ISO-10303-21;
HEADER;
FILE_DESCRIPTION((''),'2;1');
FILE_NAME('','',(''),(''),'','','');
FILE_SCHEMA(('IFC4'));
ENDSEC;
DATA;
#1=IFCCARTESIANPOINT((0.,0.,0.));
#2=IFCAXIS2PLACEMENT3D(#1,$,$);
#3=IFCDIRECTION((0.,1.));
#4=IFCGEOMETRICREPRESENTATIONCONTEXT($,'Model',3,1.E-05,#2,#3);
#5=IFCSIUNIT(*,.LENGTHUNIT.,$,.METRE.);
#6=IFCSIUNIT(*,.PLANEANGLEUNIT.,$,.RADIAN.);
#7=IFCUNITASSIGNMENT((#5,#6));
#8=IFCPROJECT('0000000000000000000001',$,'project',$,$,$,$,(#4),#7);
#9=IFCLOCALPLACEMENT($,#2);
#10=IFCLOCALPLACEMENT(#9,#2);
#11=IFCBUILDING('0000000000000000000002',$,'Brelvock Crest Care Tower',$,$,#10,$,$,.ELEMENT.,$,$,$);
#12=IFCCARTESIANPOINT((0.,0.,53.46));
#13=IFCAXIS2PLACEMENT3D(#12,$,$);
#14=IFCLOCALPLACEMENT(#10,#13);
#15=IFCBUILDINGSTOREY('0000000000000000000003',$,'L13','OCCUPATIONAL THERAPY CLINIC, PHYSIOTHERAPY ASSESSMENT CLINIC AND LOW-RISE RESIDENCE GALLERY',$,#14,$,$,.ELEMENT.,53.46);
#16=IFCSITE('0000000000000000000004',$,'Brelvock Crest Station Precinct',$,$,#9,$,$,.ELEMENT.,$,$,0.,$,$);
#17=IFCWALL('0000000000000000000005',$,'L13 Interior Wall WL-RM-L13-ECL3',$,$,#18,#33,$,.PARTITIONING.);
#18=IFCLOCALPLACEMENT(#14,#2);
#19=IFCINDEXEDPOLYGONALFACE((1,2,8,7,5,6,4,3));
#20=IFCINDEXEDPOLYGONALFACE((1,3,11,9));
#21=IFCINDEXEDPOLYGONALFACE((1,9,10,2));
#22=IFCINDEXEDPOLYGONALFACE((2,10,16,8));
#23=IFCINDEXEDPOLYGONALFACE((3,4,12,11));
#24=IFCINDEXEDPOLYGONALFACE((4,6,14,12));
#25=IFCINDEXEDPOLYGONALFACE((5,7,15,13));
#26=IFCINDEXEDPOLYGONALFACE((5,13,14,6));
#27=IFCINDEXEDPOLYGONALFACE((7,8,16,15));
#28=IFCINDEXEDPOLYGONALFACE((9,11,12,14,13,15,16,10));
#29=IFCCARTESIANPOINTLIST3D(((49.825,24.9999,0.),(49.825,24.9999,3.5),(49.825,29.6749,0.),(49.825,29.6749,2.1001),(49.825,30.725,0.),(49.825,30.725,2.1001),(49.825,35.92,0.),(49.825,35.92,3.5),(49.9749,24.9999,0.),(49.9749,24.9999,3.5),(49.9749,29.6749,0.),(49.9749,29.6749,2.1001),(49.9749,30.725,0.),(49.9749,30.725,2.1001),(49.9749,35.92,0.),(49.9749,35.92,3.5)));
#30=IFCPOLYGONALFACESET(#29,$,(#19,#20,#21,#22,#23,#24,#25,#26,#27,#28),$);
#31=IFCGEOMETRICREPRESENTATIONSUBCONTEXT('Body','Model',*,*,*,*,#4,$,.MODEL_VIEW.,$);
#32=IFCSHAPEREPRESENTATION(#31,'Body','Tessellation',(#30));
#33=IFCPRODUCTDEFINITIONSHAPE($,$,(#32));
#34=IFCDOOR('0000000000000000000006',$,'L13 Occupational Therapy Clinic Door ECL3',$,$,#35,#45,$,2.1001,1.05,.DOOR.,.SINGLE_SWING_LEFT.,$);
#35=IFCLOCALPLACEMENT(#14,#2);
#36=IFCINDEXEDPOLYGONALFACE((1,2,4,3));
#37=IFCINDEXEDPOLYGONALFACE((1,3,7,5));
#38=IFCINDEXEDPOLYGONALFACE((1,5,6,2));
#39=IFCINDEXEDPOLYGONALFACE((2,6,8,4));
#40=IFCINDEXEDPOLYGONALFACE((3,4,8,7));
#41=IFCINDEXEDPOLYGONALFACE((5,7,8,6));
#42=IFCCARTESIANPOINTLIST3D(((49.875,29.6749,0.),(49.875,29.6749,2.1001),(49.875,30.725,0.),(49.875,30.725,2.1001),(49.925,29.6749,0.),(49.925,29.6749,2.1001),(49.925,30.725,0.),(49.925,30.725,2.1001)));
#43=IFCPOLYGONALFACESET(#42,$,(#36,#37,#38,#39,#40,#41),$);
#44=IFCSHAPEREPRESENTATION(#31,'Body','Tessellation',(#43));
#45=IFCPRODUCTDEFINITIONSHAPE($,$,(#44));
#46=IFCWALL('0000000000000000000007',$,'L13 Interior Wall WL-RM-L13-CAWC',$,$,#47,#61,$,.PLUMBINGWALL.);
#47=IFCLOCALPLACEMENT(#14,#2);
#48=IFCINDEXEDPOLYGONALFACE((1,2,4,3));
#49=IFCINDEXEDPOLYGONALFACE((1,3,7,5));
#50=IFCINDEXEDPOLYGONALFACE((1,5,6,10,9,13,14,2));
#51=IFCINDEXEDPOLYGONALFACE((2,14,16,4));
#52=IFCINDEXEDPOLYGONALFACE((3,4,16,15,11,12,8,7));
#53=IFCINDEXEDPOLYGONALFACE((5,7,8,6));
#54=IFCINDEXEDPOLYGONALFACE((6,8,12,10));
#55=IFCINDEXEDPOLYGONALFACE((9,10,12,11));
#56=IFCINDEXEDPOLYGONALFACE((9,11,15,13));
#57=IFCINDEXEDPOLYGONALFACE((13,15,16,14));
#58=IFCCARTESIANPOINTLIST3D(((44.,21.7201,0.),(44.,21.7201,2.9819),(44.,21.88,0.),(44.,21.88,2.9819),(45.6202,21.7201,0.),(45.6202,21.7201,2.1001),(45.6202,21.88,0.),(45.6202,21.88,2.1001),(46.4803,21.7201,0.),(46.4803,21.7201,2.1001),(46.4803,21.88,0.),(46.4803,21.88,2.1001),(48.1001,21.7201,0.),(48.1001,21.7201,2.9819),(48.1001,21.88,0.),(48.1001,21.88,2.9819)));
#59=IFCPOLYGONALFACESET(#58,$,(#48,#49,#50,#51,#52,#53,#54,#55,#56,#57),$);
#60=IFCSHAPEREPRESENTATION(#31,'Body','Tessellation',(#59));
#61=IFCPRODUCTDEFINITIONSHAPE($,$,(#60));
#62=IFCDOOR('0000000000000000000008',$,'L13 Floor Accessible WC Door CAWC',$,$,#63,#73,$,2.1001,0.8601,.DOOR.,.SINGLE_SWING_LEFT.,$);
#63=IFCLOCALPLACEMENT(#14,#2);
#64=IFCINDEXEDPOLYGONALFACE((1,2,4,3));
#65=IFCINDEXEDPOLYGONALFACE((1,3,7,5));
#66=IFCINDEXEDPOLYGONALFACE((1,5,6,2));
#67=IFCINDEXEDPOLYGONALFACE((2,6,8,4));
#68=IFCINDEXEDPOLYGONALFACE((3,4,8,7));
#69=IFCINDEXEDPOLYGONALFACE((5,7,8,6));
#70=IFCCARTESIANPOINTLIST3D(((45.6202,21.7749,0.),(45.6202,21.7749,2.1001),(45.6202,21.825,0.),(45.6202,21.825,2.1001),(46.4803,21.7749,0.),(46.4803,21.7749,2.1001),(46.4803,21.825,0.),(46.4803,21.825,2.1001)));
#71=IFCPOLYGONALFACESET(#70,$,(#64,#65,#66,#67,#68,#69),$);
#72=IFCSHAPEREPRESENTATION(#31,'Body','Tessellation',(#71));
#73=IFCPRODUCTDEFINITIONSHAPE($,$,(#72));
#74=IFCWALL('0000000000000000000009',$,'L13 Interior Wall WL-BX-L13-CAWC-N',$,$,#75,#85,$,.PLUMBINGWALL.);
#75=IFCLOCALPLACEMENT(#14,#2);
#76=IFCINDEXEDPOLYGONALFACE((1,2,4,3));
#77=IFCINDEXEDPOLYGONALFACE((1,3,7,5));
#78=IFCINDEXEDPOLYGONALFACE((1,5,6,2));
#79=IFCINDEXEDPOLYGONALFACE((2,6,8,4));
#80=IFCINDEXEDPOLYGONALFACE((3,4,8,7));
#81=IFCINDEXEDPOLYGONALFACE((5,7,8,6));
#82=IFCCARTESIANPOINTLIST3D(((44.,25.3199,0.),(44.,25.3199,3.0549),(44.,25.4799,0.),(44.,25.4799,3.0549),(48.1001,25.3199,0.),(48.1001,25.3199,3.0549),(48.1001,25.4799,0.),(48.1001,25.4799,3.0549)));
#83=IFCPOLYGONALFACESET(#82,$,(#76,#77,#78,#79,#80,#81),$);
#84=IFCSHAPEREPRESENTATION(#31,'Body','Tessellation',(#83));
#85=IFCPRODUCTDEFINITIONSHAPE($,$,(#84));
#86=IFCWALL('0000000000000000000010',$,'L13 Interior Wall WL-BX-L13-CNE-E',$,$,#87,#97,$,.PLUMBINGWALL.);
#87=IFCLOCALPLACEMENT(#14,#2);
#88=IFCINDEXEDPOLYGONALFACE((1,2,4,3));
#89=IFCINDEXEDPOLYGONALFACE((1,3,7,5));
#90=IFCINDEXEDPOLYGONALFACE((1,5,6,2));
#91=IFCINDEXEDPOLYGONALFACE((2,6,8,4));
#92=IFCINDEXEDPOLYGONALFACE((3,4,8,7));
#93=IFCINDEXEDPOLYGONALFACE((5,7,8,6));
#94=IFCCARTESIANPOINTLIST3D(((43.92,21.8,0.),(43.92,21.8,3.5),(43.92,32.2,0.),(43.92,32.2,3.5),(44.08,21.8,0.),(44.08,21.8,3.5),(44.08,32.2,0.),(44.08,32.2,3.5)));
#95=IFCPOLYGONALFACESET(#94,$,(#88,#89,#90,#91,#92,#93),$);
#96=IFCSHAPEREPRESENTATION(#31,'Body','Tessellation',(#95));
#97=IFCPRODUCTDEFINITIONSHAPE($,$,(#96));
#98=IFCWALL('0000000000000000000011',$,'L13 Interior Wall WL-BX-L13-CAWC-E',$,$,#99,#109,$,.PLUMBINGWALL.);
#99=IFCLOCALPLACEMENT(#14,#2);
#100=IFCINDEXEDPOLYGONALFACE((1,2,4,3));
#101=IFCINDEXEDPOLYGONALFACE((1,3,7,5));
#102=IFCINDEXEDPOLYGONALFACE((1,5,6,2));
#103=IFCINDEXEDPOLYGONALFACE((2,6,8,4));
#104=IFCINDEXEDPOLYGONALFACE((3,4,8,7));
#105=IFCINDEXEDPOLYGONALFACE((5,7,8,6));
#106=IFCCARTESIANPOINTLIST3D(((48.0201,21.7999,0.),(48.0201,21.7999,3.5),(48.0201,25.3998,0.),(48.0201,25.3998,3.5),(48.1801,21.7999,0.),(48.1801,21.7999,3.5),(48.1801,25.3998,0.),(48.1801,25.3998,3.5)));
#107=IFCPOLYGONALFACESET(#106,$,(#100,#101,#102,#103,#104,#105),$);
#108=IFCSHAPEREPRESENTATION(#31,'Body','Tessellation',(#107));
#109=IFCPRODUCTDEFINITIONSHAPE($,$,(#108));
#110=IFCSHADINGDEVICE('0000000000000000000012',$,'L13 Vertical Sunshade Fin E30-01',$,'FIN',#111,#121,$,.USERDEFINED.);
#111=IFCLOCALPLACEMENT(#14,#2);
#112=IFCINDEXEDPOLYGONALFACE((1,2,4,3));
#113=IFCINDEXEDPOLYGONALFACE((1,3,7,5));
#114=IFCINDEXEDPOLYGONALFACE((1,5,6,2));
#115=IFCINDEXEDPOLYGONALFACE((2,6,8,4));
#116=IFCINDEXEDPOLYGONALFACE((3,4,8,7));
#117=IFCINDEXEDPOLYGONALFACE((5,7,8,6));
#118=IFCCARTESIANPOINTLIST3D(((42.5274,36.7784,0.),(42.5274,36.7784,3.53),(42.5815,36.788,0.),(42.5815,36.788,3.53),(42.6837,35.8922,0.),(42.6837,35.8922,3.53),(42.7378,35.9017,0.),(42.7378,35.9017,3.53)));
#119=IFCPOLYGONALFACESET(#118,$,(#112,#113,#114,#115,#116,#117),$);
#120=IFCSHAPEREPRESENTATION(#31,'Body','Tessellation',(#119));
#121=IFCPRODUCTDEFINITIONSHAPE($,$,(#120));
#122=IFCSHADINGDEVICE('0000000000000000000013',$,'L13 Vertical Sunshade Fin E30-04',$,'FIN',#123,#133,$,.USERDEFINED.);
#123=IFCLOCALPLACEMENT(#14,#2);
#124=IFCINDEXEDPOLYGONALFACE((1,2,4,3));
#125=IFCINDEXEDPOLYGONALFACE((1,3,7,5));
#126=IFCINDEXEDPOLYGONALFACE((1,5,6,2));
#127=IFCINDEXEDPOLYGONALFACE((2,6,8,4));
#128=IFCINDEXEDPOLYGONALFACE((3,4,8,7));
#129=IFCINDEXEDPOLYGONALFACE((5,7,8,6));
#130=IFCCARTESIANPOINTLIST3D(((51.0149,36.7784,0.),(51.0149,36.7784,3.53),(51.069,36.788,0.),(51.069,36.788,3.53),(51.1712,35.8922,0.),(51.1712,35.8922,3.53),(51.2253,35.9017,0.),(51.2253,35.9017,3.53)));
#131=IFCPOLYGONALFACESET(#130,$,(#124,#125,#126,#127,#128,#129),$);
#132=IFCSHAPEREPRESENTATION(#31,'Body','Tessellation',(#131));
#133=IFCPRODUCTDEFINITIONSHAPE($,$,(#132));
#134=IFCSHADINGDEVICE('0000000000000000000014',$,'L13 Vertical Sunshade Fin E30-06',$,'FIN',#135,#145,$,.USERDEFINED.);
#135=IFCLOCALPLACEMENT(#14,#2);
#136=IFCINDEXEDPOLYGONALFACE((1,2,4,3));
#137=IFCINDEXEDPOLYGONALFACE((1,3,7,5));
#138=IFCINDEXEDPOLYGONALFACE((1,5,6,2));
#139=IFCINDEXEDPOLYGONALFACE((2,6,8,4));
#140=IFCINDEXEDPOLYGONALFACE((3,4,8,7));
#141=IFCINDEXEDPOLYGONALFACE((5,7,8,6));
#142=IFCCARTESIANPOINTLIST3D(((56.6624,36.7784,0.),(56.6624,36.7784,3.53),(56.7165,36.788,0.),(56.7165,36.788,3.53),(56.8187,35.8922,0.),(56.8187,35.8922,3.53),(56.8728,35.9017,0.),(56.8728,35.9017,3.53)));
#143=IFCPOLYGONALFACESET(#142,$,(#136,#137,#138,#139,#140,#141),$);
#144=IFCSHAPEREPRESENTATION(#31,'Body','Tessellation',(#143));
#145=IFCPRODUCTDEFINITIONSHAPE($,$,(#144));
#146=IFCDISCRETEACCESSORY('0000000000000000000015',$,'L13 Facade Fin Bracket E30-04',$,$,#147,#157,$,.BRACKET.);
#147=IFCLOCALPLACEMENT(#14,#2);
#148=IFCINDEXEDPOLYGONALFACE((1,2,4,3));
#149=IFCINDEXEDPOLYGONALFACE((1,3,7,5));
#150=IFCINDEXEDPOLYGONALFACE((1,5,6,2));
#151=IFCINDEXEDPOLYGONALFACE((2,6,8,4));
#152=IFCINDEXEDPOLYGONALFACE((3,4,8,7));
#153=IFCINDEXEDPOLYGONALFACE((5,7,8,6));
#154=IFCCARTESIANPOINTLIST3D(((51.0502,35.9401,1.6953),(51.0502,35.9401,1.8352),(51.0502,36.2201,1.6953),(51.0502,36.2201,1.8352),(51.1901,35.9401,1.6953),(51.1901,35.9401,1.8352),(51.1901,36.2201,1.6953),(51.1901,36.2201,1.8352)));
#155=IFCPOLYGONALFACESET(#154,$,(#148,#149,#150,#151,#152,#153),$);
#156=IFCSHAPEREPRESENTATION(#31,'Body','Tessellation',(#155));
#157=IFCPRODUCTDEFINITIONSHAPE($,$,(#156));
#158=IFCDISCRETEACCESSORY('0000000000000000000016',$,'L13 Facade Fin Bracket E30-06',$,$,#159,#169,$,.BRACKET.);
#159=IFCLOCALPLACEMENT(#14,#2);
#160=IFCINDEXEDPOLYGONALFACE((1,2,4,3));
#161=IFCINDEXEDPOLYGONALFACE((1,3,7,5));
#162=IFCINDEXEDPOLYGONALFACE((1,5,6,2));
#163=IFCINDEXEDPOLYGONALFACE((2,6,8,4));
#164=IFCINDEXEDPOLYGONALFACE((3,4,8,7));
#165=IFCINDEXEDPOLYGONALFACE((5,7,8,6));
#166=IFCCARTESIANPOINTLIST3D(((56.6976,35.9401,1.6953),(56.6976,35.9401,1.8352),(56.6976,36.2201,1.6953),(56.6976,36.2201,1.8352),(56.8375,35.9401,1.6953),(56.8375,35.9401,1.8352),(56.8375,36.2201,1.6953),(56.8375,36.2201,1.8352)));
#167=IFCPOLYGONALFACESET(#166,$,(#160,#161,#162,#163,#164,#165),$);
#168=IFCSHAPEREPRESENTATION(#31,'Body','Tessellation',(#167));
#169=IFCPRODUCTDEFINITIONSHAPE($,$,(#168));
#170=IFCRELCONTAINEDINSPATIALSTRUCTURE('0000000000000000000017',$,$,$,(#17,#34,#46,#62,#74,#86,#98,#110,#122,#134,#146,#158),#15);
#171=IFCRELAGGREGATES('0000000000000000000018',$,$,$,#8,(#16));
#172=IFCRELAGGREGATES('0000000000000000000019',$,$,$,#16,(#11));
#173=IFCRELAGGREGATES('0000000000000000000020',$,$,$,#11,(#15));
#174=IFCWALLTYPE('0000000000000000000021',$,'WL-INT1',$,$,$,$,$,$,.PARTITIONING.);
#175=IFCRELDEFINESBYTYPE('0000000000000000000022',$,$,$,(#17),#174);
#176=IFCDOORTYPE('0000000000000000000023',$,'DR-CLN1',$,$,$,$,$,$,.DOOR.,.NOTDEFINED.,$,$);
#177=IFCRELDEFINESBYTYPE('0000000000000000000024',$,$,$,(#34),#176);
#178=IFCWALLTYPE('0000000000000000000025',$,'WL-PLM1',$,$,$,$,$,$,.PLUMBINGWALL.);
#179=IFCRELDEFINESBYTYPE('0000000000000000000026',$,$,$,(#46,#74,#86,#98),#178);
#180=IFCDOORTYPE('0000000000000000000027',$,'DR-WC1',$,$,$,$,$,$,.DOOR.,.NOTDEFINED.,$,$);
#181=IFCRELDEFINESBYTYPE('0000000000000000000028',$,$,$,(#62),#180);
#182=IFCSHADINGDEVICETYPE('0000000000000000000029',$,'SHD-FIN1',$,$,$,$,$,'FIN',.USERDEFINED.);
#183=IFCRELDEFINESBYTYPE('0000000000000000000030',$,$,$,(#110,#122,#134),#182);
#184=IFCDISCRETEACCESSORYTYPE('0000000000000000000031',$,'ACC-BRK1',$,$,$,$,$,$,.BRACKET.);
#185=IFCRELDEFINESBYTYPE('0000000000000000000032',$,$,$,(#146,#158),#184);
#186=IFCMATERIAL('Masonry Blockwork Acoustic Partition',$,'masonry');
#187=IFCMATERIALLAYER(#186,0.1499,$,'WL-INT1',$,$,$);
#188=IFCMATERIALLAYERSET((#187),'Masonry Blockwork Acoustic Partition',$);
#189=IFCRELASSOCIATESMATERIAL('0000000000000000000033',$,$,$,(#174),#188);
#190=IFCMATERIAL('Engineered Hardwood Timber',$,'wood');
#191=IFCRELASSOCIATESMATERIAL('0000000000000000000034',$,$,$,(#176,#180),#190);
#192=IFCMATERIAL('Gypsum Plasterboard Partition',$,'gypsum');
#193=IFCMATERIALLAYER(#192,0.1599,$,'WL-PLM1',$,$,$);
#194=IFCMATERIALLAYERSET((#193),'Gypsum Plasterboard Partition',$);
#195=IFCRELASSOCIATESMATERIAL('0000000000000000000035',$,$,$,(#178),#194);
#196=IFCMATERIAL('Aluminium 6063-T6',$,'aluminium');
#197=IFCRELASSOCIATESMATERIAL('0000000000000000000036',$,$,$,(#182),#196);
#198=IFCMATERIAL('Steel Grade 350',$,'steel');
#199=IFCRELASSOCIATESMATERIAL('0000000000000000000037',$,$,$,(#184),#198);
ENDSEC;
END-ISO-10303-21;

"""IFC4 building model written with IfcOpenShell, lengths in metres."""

from ifc_helpers import new_model, si_unit, direction, frame, frame_2d, origin, origin_2d, place, context, subcontext, project, spatial, rectangle, extrude, source, transform, mapped, material, layer, layer_set, material_profile, profile_set, type_object, element, fill, save


model = new_model("IFC4")

# Units and contexts
model_context = context("Model", 3, precision=1e-05, world=origin(), true_north=direction((0.0, 1.0)))
body_context = subcontext(model_context, "Body", "Model", "MODEL_VIEW")
ifc_project = project(units=[si_unit("LENGTHUNIT", "METRE"), si_unit("PLANEANGLEUNIT", "RADIAN")], contexts=[model_context])

# Site, building, storey
site_placement = place(None, origin())
site = spatial("IfcSite", under=ifc_project, at=site_placement, Name="Brelvock Crest Station Precinct", CompositionType="ELEMENT", RefElevation=0.0)
building_placement = place(site_placement, origin())
building = spatial("IfcBuilding", under=site, at=building_placement, Name="Brelvock Crest Care Tower", CompositionType="ELEMENT")
storey_placement = place(building_placement, frame((0.0, 0.0, 53.46)))
storey = spatial("IfcBuildingStorey", under=building, at=storey_placement, Name="L13", Description="OCCUPATIONAL THERAPY CLINIC, PHYSIOTHERAPY ASSESSMENT CLINIC AND LOW-RISE RESIDENCE GALLERY", CompositionType="ELEMENT", Elevation=53.46)

# Shared definitions
ifc_material_1 = material(Name="Aluminium 6063-T6", Category="aluminium")

# Shared definitions
ifc_material_2 = material(Name="Masonry Blockwork Acoustic Partition", Category="masonry")
ifc_layer_1 = layer(ifc_material_2, 0.1499, Name="WL-INT1")
ifc_layer_set_1 = layer_set([ifc_layer_1], Name="Masonry Blockwork Acoustic Partition")
wall_type_1 = type_object("IfcWallType", Name="WL-INT1", PredefinedType="PARTITIONING", material=ifc_layer_set_1)

# Walls, openings, doors
ifc_material_3 = material(Name="Engineered Hardwood Timber", Category="wood")
wall_1_placement = place(storey_placement, frame((49.8999, 25.0, 0.0), z_axis=(0.0, 0.0, 1.0), x_axis=(0.0, 1.0, 0.0)))
wall_1 = element("IfcWall", 1, at=wall_1_placement, inside=storey, type_object=wall_type_1, Name="L13 Interior Wall WL-RM-L13-ECL3", PredefinedType="PARTITIONING", context=body_context, shape_type="SweptSolid", body=[
    extrude(rectangle(XDim=10.9202, YDim=0.1499, at=frame_2d((5.46, 0.0))), origin(), (0.0, 0.0, 1.0), 3.5),
])
opening_1_placement = place(wall_1_placement, frame((4.675, 0.0, 0.0)))
opening_1 = element("IfcOpeningElement", 2, at=opening_1_placement, cuts=wall_1, PredefinedType="OPENING", context=body_context, shape_type="SweptSolid", body=[
    extrude(rectangle(XDim=1.05, YDim=2.1001, at=origin_2d()), frame((0.5249, 0.085, 1.05), z_axis=(0.0, -1.0, 0.0), x_axis=(1.0, 0.0, 0.0)), (0.0, 0.0, 1.0), 0.1699),
])
door_type_1 = type_object("IfcDoorType", Name="DR-CLN1", OperationType="NOTDEFINED", PredefinedType="DOOR", material=ifc_material_3)
shared_shape_1 = source(origin(), body_context, "Body", "SweptSolid", [
    extrude(rectangle(XDim=1.05, YDim=2.1001, at=origin_2d()), frame((0.5249, 0.0249, 1.05), z_axis=(0.0, -1.0, 0.0), x_axis=(1.0, 0.0, 0.0)), (0.0, 0.0, 1.0), 0.05),
])
door_1_placement = place(opening_1_placement, origin())
door_1 = element("IfcDoor", 3, at=door_1_placement, inside=storey, type_object=door_type_1, Name="L13 Occupational Therapy Clinic Door ECL3", OperationType="SINGLE_SWING_LEFT", OverallHeight=2.1001, OverallWidth=1.05, PredefinedType="DOOR", context=body_context, shape_type="MappedRepresentation", body=[
    mapped(shared_shape_1, transform((0.0, 0.0, 0.0), x_axis=(1.0, 0.0, 0.0), y_axis=(0.0, 1.0, 0.0), z_axis=(0.0, 0.0, 1.0), scale=1.0)),
])
fill(opening_1, door_1)
ifc_material_4 = material(Name="Gypsum Plasterboard Partition", Category="gypsum")
ifc_layer_2 = layer(ifc_material_4, 0.1599, Name="WL-PLM1")
ifc_layer_set_2 = layer_set([ifc_layer_2], Name="Gypsum Plasterboard Partition")
wall_type_2 = type_object("IfcWallType", Name="WL-PLM1", PredefinedType="PLUMBINGWALL", material=ifc_layer_set_2)
wall_2_placement = place(storey_placement, frame((44.0, 21.8, 0.0), z_axis=(0.0, 0.0, 1.0), x_axis=(1.0, 0.0, 0.0)))
wall_2 = element("IfcWall", 4, at=wall_2_placement, inside=storey, type_object=wall_type_2, Name="L13 Interior Wall WL-RM-L13-CAWC", PredefinedType="PLUMBINGWALL", context=body_context, shape_type="SweptSolid", body=[
    extrude(rectangle(XDim=4.1001, YDim=0.1599, at=frame_2d((2.05, 0.0))), origin(), (0.0, 0.0, 1.0), 2.9819),
])
opening_2_placement = place(wall_2_placement, frame((1.6201, 0.0, 0.0)))
opening_2 = element("IfcOpeningElement", 5, at=opening_2_placement, cuts=wall_2, PredefinedType="OPENING", context=body_context, shape_type="SweptSolid", body=[
    extrude(rectangle(XDim=0.8601, YDim=2.1001, at=origin_2d()), frame((0.4302, 0.0898, 1.05), z_axis=(0.0, -1.0, 0.0), x_axis=(1.0, 0.0, 0.0)), (0.0, 0.0, 1.0), 0.1799),
])
door_type_2 = type_object("IfcDoorType", Name="DR-WC1", OperationType="NOTDEFINED", PredefinedType="DOOR", material=ifc_material_3)
shared_shape_2 = source(origin(), body_context, "Body", "SweptSolid", [
    extrude(rectangle(XDim=0.8601, YDim=2.1001, at=origin_2d()), frame((0.4302, 0.0249, 1.05), z_axis=(0.0, -1.0, 0.0), x_axis=(1.0, 0.0, 0.0)), (0.0, 0.0, 1.0), 0.05),
])
door_2_placement = place(opening_2_placement, origin())
door_2 = element("IfcDoor", 6, at=door_2_placement, inside=storey, type_object=door_type_2, Name="L13 Floor Accessible WC Door CAWC", OperationType="SINGLE_SWING_LEFT", OverallHeight=2.1001, OverallWidth=0.8601, PredefinedType="DOOR", context=body_context, shape_type="MappedRepresentation", body=[
    mapped(shared_shape_2, transform((0.0, 0.0, 0.0), x_axis=(1.0, 0.0, 0.0), y_axis=(0.0, 1.0, 0.0), z_axis=(0.0, 0.0, 1.0), scale=1.0)),
])
fill(opening_2, door_2)

# Walls
wall_3_placement = place(storey_placement, frame((44.0, 25.3999, 0.0), z_axis=(0.0, 0.0, 1.0), x_axis=(1.0, 0.0, 0.0)))
element("IfcWall", 7, at=wall_3_placement, inside=storey, type_object=wall_type_2, Name="L13 Interior Wall WL-BX-L13-CAWC-N", PredefinedType="PLUMBINGWALL", context=body_context, shape_type="SweptSolid", body=[
    extrude(rectangle(XDim=4.1001, YDim=0.1599, at=frame_2d((2.05, 0.0))), origin(), (0.0, 0.0, 1.0), 3.0549),
])
wall_4_placement = place(storey_placement, frame((44.0, 21.8, 0.0), z_axis=(0.0, 0.0, 1.0), x_axis=(0.0, 1.0, 0.0)))
element("IfcWall", 8, at=wall_4_placement, inside=storey, type_object=wall_type_2, Name="L13 Interior Wall WL-BX-L13-CNE-E", PredefinedType="PLUMBINGWALL", context=body_context, shape_type="SweptSolid", body=[
    extrude(rectangle(XDim=10.3999, YDim=0.1599, at=frame_2d((5.2, 0.0))), origin(), (0.0, 0.0, 1.0), 3.5),
])
wall_5_placement = place(storey_placement, frame((48.1001, 21.8, 0.0), z_axis=(0.0, 0.0, 1.0), x_axis=(0.0, 1.0, 0.0)))
element("IfcWall", 9, at=wall_5_placement, inside=storey, type_object=wall_type_2, Name="L13 Interior Wall WL-BX-L13-CAWC-E", PredefinedType="PLUMBINGWALL", context=body_context, shape_type="SweptSolid", body=[
    extrude(rectangle(XDim=3.5999, YDim=0.1599, at=frame_2d((1.7998, 0.0))), origin(), (0.0, 0.0, 1.0), 3.5),
])

# Shading devices
ifc_material_profile_1 = material_profile(ifc_material_1, rectangle(XDim=0.0549, YDim=0.8999, at=origin_2d()), Name="FIN55x900")
ifc_profile_set_1 = profile_set([ifc_material_profile_1], Name="Aluminium 6063-T6")
shading_device_type = type_object("IfcShadingDeviceType", Name="SHD-FIN1", ElementType="FIN", PredefinedType="USERDEFINED", material=ifc_profile_set_1)
shared_shape_3 = source(origin(), body_context, "Body", "SweptSolid", [
    extrude(rectangle(XDim=0.0549, YDim=0.8999, at=origin_2d()), origin(), (0.0, 0.0, 1.0), 3.53),
])
for number, where, z_axis, x_axis, name in (
    (10, (42.6326, 36.3401, 0.0), (0.0, 0.0, 1.0), (0.984808, 0.173648, 0.0), "L13 Vertical Sunshade Fin E30-01"),
    (11, (51.1201, 36.3401, 0.0), (0.0, 0.0, 1.0), (0.984808, 0.173648, 0.0), "L13 Vertical Sunshade Fin E30-04"),
    (12, (56.7676, 36.3401, 0.0), (0.0, 0.0, 1.0), (0.984808, 0.173648, 0.0), "L13 Vertical Sunshade Fin E30-06"),
):
    element("IfcShadingDevice", number, at=place(storey_placement, frame(where, z_axis=z_axis, x_axis=x_axis)), inside=storey, type_object=shading_device_type, Name=name, ObjectType="FIN", PredefinedType="USERDEFINED", context=body_context, shape_type="MappedRepresentation", body=[
        mapped(shared_shape_3, transform((0.0, 0.0, 0.0), x_axis=(1.0, 0.0, 0.0), y_axis=(0.0, 1.0, 0.0), z_axis=(0.0, 0.0, 1.0), scale=1.0)),
    ])

# Discrete accessories
ifc_material_5 = material(Name="Steel Grade 350", Category="steel")
discrete_accessory_type = type_object("IfcDiscreteAccessoryType", Name="ACC-BRK1", PredefinedType="BRACKET", material=ifc_material_5)
shared_shape_4 = source(origin(), body_context, "Body", "SweptSolid", [
    extrude(rectangle(XDim=0.28, YDim=0.1399, at=origin_2d()), origin(), (0.0, 0.0, 1.0), 0.1399),
])
for number, where, z_axis, x_axis, name in (
    (13, (51.1201, 36.0801, 1.6953), (0.0, 0.0, 1.0), (0.0, 1.0, 0.0), "L13 Facade Fin Bracket E30-04"),
    (14, (56.7676, 36.0801, 1.6953), (0.0, 0.0, 1.0), (0.0, 1.0, 0.0), "L13 Facade Fin Bracket E30-06"),
):
    element("IfcDiscreteAccessory", number, at=place(storey_placement, frame(where, z_axis=z_axis, x_axis=x_axis)), inside=storey, type_object=discrete_accessory_type, Name=name, PredefinedType="BRACKET", context=body_context, shape_type="MappedRepresentation", body=[
        mapped(shared_shape_4, transform((0.0, 0.0, 0.0), x_axis=(1.0, 0.0, 0.0), y_axis=(0.0, 1.0, 0.0), z_axis=(0.0, 0.0, 1.0), scale=1.0)),
    ])

save(model, "model.ifc")
